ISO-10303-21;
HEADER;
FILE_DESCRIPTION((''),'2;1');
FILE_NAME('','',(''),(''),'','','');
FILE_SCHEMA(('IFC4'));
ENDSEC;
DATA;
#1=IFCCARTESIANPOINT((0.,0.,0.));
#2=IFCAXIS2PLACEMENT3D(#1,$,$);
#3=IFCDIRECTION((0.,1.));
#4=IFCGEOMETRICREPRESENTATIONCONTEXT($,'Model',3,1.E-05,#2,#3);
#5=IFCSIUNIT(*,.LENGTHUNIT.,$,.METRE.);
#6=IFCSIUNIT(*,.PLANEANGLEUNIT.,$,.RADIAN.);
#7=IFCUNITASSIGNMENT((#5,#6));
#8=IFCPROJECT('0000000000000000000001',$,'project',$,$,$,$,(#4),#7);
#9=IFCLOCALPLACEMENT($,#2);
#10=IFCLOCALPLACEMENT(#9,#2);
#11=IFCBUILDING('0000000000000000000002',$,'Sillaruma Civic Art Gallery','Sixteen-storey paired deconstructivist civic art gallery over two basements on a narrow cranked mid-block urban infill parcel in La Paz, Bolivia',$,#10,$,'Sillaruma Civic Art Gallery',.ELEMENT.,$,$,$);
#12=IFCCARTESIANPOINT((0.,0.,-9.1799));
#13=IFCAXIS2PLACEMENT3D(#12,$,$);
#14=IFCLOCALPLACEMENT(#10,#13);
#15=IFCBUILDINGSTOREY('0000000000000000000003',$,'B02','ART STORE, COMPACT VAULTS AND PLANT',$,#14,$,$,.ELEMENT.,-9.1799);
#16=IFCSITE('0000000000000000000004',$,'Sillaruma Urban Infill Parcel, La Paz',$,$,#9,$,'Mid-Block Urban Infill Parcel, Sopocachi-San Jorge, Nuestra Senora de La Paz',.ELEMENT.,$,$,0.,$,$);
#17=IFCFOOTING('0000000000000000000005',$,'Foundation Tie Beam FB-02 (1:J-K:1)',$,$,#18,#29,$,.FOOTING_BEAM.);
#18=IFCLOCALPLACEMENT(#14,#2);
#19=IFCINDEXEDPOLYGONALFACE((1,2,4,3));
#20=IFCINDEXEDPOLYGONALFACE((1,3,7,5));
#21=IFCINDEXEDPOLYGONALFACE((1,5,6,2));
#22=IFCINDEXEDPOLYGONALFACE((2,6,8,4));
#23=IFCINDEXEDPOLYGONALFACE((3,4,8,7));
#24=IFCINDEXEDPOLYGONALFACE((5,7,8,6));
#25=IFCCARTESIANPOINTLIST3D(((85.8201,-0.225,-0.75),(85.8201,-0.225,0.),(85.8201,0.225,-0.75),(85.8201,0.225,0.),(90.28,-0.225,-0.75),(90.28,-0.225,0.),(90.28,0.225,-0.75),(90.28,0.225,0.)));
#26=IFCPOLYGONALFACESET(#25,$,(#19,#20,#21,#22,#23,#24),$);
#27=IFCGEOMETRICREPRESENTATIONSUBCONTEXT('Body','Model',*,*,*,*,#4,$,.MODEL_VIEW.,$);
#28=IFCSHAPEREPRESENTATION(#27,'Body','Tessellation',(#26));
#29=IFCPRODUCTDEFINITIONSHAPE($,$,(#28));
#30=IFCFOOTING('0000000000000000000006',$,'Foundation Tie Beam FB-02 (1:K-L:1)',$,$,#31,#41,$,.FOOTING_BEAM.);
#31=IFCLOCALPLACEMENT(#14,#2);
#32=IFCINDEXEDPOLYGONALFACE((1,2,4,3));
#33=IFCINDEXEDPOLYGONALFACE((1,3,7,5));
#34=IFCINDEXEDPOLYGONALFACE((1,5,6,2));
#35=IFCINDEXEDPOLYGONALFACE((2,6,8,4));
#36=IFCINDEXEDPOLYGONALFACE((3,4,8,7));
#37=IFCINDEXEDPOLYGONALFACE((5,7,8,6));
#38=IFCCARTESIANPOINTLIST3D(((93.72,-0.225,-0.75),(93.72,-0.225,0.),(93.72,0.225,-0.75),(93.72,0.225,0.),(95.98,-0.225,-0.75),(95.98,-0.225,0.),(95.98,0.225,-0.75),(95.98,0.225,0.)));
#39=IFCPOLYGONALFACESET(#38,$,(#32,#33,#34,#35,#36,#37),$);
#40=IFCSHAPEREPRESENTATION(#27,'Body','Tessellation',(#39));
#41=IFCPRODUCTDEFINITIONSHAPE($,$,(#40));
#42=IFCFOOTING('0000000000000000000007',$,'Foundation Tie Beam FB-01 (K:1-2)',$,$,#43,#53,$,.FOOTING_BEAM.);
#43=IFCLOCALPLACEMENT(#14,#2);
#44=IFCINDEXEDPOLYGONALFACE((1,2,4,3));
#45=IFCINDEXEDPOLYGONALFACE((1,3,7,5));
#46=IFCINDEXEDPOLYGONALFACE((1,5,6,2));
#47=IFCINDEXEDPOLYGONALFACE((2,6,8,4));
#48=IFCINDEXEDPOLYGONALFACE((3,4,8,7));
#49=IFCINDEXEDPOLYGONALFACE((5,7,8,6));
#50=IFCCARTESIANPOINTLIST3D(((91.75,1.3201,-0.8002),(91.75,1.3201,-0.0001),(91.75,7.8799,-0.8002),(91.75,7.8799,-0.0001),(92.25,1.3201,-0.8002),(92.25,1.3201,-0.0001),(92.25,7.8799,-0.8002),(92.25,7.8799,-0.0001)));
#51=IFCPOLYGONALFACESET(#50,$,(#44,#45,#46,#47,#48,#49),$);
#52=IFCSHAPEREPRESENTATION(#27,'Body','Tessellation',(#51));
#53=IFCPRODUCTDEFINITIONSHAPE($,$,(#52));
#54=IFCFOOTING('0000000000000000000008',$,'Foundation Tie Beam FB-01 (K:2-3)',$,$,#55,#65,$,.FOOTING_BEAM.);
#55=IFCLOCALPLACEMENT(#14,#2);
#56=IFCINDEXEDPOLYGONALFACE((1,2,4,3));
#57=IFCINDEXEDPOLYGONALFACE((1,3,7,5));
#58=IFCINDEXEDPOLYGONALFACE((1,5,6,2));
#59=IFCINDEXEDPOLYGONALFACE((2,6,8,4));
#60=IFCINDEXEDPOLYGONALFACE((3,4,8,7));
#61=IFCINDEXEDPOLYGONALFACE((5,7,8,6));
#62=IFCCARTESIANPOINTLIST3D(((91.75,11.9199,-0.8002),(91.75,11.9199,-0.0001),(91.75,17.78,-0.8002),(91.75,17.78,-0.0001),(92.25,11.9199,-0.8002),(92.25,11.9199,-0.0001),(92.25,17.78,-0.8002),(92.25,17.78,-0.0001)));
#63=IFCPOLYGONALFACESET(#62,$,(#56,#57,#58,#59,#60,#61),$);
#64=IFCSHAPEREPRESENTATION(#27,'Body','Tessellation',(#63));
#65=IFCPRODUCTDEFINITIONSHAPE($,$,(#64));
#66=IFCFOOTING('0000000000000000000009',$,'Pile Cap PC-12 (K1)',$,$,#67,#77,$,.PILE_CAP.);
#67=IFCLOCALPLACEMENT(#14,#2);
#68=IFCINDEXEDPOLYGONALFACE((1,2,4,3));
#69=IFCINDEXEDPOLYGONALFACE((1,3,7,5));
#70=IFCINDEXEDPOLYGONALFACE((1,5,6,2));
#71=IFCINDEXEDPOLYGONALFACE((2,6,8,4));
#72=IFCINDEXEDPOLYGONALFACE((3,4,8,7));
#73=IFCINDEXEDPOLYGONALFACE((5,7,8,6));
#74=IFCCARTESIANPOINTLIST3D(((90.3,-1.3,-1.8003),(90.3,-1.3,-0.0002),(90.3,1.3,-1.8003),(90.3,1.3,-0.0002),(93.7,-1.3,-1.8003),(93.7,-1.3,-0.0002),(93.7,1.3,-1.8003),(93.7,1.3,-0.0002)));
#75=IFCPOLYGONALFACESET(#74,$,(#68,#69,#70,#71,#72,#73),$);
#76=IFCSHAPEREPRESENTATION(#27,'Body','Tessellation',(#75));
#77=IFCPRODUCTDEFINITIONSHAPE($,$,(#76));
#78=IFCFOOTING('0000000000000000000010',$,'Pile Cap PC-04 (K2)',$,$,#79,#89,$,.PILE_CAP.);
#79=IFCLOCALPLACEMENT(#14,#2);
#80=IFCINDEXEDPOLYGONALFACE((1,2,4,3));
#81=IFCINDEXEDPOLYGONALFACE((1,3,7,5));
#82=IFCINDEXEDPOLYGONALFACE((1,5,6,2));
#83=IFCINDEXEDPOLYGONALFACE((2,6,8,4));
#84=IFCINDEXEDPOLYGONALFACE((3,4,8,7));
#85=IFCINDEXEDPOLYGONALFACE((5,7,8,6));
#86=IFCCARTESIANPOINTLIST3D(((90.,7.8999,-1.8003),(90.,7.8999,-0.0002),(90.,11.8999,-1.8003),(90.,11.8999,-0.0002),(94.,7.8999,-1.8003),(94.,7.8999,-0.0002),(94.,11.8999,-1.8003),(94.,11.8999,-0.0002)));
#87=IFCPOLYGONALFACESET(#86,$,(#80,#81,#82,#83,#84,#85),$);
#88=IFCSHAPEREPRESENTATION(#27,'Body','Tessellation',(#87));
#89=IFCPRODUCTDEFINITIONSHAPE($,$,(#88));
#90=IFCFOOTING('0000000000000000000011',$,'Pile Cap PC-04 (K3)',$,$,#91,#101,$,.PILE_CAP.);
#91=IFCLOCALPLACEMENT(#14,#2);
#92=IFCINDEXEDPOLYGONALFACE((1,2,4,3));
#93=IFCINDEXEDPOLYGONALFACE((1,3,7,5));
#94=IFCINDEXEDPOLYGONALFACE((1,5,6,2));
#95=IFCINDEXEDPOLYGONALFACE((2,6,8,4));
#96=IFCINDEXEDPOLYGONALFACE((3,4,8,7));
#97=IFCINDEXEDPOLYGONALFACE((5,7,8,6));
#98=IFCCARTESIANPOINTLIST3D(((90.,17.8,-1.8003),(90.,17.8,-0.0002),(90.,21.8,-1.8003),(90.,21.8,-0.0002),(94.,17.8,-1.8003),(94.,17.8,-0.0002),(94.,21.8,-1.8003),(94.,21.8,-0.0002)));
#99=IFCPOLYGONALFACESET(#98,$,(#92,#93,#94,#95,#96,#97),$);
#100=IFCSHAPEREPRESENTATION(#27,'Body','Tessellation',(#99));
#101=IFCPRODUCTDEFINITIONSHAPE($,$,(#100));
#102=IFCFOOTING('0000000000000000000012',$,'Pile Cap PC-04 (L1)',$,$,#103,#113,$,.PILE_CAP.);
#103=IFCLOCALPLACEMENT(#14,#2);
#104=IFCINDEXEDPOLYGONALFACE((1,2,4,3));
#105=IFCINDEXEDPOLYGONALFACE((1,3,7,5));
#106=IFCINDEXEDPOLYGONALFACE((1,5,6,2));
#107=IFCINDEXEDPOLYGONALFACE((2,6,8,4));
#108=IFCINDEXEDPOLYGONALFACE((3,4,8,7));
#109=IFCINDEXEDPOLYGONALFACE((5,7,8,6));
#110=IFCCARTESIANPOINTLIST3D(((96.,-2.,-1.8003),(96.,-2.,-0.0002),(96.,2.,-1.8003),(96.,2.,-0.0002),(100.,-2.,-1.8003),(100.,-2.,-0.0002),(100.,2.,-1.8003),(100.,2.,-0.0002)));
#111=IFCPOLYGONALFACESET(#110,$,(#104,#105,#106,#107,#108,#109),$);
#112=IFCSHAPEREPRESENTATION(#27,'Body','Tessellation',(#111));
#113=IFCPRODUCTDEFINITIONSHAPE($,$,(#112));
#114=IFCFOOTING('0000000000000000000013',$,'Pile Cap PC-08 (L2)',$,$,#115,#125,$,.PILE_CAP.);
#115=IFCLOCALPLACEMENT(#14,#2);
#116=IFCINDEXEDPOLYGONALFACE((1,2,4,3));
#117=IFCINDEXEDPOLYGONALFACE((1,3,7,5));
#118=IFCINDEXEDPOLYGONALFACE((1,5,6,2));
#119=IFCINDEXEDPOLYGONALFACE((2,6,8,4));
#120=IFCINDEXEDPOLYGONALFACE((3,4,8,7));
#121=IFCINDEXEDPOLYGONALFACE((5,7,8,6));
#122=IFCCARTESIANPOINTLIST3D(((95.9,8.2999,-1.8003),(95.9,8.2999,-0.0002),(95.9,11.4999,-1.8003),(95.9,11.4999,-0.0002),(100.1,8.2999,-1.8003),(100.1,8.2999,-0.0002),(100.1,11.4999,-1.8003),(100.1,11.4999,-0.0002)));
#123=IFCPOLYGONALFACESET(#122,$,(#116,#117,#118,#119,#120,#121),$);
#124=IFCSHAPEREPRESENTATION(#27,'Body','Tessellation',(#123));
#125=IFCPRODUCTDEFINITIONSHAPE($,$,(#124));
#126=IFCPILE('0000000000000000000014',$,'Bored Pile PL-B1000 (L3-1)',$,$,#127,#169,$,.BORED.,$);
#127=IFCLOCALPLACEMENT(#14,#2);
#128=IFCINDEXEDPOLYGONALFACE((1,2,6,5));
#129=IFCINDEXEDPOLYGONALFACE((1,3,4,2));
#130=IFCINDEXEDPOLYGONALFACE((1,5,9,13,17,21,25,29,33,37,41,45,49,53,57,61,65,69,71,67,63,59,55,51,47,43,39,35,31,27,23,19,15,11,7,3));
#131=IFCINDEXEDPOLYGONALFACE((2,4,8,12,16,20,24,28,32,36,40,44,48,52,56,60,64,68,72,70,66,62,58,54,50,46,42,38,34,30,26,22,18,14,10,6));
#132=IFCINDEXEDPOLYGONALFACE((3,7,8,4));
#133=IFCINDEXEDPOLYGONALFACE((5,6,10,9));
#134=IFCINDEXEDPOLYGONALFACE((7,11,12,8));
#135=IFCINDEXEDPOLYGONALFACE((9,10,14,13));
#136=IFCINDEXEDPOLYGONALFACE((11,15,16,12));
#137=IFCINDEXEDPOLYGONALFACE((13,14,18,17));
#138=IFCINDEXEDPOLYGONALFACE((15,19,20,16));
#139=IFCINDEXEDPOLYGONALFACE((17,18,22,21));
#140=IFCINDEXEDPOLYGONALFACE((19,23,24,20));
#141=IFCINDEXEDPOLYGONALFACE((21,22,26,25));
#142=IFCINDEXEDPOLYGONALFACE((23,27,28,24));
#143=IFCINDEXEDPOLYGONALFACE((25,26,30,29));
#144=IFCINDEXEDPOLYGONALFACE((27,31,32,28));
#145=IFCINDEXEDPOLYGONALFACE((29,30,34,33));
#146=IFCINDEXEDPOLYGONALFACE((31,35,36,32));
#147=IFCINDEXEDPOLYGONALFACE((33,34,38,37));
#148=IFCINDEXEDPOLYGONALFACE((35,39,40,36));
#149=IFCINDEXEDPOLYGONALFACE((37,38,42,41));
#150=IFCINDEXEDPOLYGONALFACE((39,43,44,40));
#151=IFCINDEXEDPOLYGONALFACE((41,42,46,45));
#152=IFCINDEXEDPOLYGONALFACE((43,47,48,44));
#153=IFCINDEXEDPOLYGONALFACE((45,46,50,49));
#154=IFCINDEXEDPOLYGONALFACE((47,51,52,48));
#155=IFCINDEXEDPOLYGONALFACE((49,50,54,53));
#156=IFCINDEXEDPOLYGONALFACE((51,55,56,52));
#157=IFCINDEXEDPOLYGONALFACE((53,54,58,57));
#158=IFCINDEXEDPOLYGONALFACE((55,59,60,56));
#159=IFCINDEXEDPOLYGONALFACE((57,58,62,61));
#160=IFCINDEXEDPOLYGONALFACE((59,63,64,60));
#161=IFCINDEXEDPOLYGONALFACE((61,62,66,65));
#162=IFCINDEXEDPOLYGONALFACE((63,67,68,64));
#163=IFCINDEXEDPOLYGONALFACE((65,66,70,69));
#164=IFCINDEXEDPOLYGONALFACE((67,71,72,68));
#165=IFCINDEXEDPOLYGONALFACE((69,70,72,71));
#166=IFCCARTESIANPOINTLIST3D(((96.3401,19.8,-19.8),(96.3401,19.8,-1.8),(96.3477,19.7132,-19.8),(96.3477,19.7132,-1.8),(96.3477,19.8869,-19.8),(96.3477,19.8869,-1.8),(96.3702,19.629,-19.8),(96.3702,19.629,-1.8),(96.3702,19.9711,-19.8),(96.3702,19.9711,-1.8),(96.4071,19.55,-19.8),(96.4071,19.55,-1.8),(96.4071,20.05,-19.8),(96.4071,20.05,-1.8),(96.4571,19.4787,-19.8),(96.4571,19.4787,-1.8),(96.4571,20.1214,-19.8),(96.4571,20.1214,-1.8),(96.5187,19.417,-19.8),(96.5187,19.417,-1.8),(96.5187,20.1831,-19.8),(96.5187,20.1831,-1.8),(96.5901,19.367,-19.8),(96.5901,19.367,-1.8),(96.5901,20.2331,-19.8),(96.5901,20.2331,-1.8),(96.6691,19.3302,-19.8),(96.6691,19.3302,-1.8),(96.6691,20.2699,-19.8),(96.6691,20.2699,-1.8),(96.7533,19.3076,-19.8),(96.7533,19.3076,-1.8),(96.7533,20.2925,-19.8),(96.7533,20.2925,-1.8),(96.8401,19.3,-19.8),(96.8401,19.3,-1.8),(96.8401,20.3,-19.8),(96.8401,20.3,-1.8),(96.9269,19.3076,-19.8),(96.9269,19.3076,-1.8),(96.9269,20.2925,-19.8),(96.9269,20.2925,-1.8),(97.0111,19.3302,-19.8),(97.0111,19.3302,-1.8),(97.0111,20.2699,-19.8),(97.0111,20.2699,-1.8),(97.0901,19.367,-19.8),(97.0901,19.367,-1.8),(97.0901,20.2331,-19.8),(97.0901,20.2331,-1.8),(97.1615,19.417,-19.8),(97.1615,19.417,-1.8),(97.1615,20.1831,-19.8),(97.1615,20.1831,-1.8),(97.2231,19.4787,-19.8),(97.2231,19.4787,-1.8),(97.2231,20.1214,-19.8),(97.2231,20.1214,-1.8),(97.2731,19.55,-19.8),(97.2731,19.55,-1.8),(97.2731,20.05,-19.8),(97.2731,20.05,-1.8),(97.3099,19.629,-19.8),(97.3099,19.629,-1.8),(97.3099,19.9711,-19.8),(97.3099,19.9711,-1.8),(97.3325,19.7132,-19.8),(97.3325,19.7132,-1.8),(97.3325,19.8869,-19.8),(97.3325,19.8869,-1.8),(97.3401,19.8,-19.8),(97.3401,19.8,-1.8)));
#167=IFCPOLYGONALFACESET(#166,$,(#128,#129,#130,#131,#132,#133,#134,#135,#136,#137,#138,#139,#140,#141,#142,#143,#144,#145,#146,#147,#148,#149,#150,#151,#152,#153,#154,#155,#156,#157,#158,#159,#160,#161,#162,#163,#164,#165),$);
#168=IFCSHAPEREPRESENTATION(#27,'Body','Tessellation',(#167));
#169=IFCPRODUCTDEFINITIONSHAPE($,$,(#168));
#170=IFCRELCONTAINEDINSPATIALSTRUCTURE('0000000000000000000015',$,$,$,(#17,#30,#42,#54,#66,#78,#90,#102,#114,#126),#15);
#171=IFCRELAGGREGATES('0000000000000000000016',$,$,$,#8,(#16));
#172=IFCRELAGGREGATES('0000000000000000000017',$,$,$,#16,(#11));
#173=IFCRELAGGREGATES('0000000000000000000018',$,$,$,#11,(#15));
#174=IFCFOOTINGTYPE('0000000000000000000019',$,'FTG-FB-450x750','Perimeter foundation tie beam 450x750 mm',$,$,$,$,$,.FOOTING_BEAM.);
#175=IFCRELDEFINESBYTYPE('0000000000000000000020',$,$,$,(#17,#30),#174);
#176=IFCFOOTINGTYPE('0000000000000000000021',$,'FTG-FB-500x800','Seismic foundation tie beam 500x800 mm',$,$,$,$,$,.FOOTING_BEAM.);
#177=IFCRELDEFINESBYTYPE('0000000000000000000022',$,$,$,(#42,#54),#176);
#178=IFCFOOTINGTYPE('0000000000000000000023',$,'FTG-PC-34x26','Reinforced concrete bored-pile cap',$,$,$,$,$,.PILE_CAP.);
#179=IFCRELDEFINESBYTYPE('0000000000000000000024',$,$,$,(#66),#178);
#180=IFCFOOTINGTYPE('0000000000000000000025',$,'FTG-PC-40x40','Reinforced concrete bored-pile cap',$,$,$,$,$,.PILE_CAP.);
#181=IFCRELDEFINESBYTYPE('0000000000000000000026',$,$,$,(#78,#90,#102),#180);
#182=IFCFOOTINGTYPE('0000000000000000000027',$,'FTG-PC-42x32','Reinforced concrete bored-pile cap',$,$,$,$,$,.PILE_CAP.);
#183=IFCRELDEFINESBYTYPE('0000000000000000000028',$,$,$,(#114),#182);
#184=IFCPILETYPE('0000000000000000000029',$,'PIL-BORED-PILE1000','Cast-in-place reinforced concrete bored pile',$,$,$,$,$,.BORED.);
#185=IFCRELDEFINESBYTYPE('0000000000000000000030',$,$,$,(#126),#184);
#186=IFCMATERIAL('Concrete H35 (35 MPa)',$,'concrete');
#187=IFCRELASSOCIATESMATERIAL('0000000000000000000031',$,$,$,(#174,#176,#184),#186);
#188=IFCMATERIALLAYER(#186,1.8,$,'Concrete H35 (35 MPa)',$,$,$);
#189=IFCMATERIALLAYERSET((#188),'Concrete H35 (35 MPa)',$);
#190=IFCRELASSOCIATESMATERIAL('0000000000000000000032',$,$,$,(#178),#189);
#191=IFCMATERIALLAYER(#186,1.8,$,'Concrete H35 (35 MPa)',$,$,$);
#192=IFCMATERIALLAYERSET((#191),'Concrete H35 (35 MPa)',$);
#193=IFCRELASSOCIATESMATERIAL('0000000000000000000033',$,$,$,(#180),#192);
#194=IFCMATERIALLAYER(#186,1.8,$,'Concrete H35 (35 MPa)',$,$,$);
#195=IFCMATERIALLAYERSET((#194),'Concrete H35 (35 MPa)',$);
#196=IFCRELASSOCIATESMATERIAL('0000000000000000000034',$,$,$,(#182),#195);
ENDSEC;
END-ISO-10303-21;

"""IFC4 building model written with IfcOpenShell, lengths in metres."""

from ifc_helpers import new_model, si_unit, direction, frame, origin, origin_2d, place, context, subcontext, project, spatial, rectangle, circle, extrude, material, layer, layer_set, material_profile, profile_set, type_object, element, save


model = new_model("IFC4")

# Units and contexts
model_context = context("Model", 3, precision=1e-05, world=origin(), true_north=direction((0.0, 1.0)))
body_context = subcontext(model_context, "Body", "Model", "MODEL_VIEW")
ifc_project = project(units=[si_unit("LENGTHUNIT", "METRE"), si_unit("PLANEANGLEUNIT", "RADIAN")], contexts=[model_context])

# Site, building, storey
site_placement = place(None, origin())
site = spatial("IfcSite", under=ifc_project, at=site_placement, Name="Sillaruma Urban Infill Parcel, La Paz", LongName="Mid-Block Urban Infill Parcel, Sopocachi-San Jorge, Nuestra Senora de La Paz", CompositionType="ELEMENT", RefElevation=0.0)
building_placement = place(site_placement, origin())
building = spatial("IfcBuilding", under=site, at=building_placement, Name="Sillaruma Civic Art Gallery", Description="Sixteen-storey paired deconstructivist civic art gallery over two basements on a narrow cranked mid-block urban infill parcel in La Paz, Bolivia", LongName="Sillaruma Civic Art Gallery", CompositionType="ELEMENT")
storey_placement = place(building_placement, frame((0.0, 0.0, -9.1799)))
storey = spatial("IfcBuildingStorey", under=building, at=storey_placement, Name="B02", Description="ART STORE, COMPACT VAULTS AND PLANT", CompositionType="ELEMENT", Elevation=-9.1799)

# Footings
ifc_material_1 = material(Name="Concrete H35 (35 MPa)", Category="concrete")
ifc_material_profile_1 = material_profile(ifc_material_1, rectangle(XDim=0.45, YDim=0.75, at=origin_2d()), Name="RCB450x750")
ifc_profile_set_1 = profile_set([ifc_material_profile_1], Name="Concrete H35 (35 MPa)")
footing_type_1 = type_object("IfcFootingType", Name="FTG-FB-450x750", Description="Perimeter foundation tie beam 450x750 mm", PredefinedType="FOOTING_BEAM", material=ifc_profile_set_1)
footing_1_placement = place(storey_placement, frame((85.8201, 0.0, -0.375), z_axis=(1.0, 0.0, 0.0), x_axis=(0.0, 1.0, 0.0)))
element("IfcFooting", 1, at=footing_1_placement, inside=storey, type_object=footing_type_1, Name="Foundation Tie Beam FB-02 (1:J-K:1)", PredefinedType="FOOTING_BEAM", context=body_context, shape_type="SweptSolid", body=[
    extrude(rectangle(XDim=0.45, YDim=0.75, at=origin_2d()), origin(), (0.0, 0.0, 1.0), 4.46),
])
footing_2_placement = place(storey_placement, frame((93.72, 0.0, -0.375), z_axis=(1.0, 0.0, 0.0), x_axis=(0.0, 1.0, 0.0)))
element("IfcFooting", 2, at=footing_2_placement, inside=storey, type_object=footing_type_1, Name="Foundation Tie Beam FB-02 (1:K-L:1)", PredefinedType="FOOTING_BEAM", context=body_context, shape_type="SweptSolid", body=[
    extrude(rectangle(XDim=0.45, YDim=0.75, at=origin_2d()), origin(), (0.0, 0.0, 1.0), 2.26),
])
ifc_material_profile_2 = material_profile(ifc_material_1, rectangle(XDim=0.5, YDim=0.8, at=origin_2d()), Name="RCB500x800")
ifc_profile_set_2 = profile_set([ifc_material_profile_2], Name="Concrete H35 (35 MPa)")
footing_type_2 = type_object("IfcFootingType", Name="FTG-FB-500x800", Description="Seismic foundation tie beam 500x800 mm", PredefinedType="FOOTING_BEAM", material=ifc_profile_set_2)
footing_3_placement = place(storey_placement, frame((92.0, 1.3201, -0.4001), z_axis=(0.0, 1.0, 0.0), x_axis=(-1.0, 0.0, 0.0)))
element("IfcFooting", 3, at=footing_3_placement, inside=storey, type_object=footing_type_2, Name="Foundation Tie Beam FB-01 (K:1-2)", PredefinedType="FOOTING_BEAM", context=body_context, shape_type="SweptSolid", body=[
    extrude(rectangle(XDim=0.5, YDim=0.8, at=origin_2d()), origin(), (0.0, 0.0, 1.0), 6.5598),
])
footing_4_placement = place(storey_placement, frame((92.0, 11.9199, -0.4001), z_axis=(0.0, 1.0, 0.0), x_axis=(-1.0, 0.0, 0.0)))
element("IfcFooting", 4, at=footing_4_placement, inside=storey, type_object=footing_type_2, Name="Foundation Tie Beam FB-01 (K:2-3)", PredefinedType="FOOTING_BEAM", context=body_context, shape_type="SweptSolid", body=[
    extrude(rectangle(XDim=0.5, YDim=0.8, at=origin_2d()), origin(), (0.0, 0.0, 1.0), 5.8601),
])
ifc_layer_1 = layer(ifc_material_1, 1.8, Name="Concrete H35 (35 MPa)")
ifc_layer_set_1 = layer_set([ifc_layer_1], Name="Concrete H35 (35 MPa)")
footing_type_3 = type_object("IfcFootingType", Name="FTG-PC-34x26", Description="Reinforced concrete bored-pile cap", PredefinedType="PILE_CAP", material=ifc_layer_set_1)
footing_5_placement = place(storey_placement, frame((92.0, 0.0, -1.8003), z_axis=(0.0, 0.0, 1.0), x_axis=(1.0, 0.0, 0.0)))
element("IfcFooting", 5, at=footing_5_placement, inside=storey, type_object=footing_type_3, Name="Pile Cap PC-12 (K1)", PredefinedType="PILE_CAP", context=body_context, shape_type="SweptSolid", body=[
    extrude(rectangle(XDim=3.3999, YDim=2.6001, at=origin_2d()), origin(), (0.0, 0.0, 1.0), 1.8),
])
ifc_layer_2 = layer(ifc_material_1, 1.8, Name="Concrete H35 (35 MPa)")
ifc_layer_set_2 = layer_set([ifc_layer_2], Name="Concrete H35 (35 MPa)")
footing_type_4 = type_object("IfcFootingType", Name="FTG-PC-40x40", Description="Reinforced concrete bored-pile cap", PredefinedType="PILE_CAP", material=ifc_layer_set_2)
for number, where, z_axis, x_axis, name in (
    (6, (92.0, 9.8999, -1.8003), (0.0, 0.0, 1.0), (1.0, 0.0, 0.0), "Pile Cap PC-04 (K2)"),
    (7, (92.0, 19.8, -1.8003), (0.0, 0.0, 1.0), (1.0, 0.0, 0.0), "Pile Cap PC-04 (K3)"),
    (8, (98.0, 0.0, -1.8003), (0.0, 0.0, 1.0), (1.0, 0.0, 0.0), "Pile Cap PC-04 (L1)"),
):
    element("IfcFooting", number, at=place(storey_placement, frame(where, z_axis=z_axis, x_axis=x_axis)), inside=storey, type_object=footing_type_4, Name=name, PredefinedType="PILE_CAP", context=body_context, shape_type="SweptSolid", body=[
        extrude(rectangle(XDim=4.0, YDim=4.0, at=origin_2d()), origin(), (0.0, 0.0, 1.0), 1.8),
    ])
ifc_layer_3 = layer(ifc_material_1, 1.8, Name="Concrete H35 (35 MPa)")
ifc_layer_set_3 = layer_set([ifc_layer_3], Name="Concrete H35 (35 MPa)")
footing_type_5 = type_object("IfcFootingType", Name="FTG-PC-42x32", Description="Reinforced concrete bored-pile cap", PredefinedType="PILE_CAP", material=ifc_layer_set_3)
footing_6_placement = place(storey_placement, frame((98.0, 9.8999, -1.8003), z_axis=(0.0, 0.0, 1.0), x_axis=(1.0, 0.0, 0.0)))
element("IfcFooting", 9, at=footing_6_placement, inside=storey, type_object=footing_type_5, Name="Pile Cap PC-08 (L2)", PredefinedType="PILE_CAP", context=body_context, shape_type="SweptSolid", body=[
    extrude(rectangle(XDim=4.2, YDim=3.2, at=origin_2d()), origin(), (0.0, 0.0, 1.0), 1.8),
])

# Pile
ifc_material_profile_3 = material_profile(ifc_material_1, circle(Radius=0.5, at=origin_2d()), Name="PILE1000")
ifc_profile_set_3 = profile_set([ifc_material_profile_3], Name="Concrete H35 (35 MPa)")
pile_type_1 = type_object("IfcPileType", Name="PIL-BORED-PILE1000", Description="Cast-in-place reinforced concrete bored pile", PredefinedType="BORED", material=ifc_profile_set_3)
pile_1_placement = place(storey_placement, frame((96.8401, 19.8, -1.8), z_axis=(0.0, 0.0, -1.0), x_axis=(1.0, 0.0, 0.0)))
element("IfcPile", 10, at=pile_1_placement, inside=storey, type_object=pile_type_1, Name="Bored Pile PL-B1000 (L3-1)", PredefinedType="BORED", context=body_context, shape_type="SweptSolid", body=[
    extrude(circle(Radius=0.5, at=origin_2d()), origin(), (0.0, 0.0, 1.0), 18.0),
])

save(model, "model.ifc")
